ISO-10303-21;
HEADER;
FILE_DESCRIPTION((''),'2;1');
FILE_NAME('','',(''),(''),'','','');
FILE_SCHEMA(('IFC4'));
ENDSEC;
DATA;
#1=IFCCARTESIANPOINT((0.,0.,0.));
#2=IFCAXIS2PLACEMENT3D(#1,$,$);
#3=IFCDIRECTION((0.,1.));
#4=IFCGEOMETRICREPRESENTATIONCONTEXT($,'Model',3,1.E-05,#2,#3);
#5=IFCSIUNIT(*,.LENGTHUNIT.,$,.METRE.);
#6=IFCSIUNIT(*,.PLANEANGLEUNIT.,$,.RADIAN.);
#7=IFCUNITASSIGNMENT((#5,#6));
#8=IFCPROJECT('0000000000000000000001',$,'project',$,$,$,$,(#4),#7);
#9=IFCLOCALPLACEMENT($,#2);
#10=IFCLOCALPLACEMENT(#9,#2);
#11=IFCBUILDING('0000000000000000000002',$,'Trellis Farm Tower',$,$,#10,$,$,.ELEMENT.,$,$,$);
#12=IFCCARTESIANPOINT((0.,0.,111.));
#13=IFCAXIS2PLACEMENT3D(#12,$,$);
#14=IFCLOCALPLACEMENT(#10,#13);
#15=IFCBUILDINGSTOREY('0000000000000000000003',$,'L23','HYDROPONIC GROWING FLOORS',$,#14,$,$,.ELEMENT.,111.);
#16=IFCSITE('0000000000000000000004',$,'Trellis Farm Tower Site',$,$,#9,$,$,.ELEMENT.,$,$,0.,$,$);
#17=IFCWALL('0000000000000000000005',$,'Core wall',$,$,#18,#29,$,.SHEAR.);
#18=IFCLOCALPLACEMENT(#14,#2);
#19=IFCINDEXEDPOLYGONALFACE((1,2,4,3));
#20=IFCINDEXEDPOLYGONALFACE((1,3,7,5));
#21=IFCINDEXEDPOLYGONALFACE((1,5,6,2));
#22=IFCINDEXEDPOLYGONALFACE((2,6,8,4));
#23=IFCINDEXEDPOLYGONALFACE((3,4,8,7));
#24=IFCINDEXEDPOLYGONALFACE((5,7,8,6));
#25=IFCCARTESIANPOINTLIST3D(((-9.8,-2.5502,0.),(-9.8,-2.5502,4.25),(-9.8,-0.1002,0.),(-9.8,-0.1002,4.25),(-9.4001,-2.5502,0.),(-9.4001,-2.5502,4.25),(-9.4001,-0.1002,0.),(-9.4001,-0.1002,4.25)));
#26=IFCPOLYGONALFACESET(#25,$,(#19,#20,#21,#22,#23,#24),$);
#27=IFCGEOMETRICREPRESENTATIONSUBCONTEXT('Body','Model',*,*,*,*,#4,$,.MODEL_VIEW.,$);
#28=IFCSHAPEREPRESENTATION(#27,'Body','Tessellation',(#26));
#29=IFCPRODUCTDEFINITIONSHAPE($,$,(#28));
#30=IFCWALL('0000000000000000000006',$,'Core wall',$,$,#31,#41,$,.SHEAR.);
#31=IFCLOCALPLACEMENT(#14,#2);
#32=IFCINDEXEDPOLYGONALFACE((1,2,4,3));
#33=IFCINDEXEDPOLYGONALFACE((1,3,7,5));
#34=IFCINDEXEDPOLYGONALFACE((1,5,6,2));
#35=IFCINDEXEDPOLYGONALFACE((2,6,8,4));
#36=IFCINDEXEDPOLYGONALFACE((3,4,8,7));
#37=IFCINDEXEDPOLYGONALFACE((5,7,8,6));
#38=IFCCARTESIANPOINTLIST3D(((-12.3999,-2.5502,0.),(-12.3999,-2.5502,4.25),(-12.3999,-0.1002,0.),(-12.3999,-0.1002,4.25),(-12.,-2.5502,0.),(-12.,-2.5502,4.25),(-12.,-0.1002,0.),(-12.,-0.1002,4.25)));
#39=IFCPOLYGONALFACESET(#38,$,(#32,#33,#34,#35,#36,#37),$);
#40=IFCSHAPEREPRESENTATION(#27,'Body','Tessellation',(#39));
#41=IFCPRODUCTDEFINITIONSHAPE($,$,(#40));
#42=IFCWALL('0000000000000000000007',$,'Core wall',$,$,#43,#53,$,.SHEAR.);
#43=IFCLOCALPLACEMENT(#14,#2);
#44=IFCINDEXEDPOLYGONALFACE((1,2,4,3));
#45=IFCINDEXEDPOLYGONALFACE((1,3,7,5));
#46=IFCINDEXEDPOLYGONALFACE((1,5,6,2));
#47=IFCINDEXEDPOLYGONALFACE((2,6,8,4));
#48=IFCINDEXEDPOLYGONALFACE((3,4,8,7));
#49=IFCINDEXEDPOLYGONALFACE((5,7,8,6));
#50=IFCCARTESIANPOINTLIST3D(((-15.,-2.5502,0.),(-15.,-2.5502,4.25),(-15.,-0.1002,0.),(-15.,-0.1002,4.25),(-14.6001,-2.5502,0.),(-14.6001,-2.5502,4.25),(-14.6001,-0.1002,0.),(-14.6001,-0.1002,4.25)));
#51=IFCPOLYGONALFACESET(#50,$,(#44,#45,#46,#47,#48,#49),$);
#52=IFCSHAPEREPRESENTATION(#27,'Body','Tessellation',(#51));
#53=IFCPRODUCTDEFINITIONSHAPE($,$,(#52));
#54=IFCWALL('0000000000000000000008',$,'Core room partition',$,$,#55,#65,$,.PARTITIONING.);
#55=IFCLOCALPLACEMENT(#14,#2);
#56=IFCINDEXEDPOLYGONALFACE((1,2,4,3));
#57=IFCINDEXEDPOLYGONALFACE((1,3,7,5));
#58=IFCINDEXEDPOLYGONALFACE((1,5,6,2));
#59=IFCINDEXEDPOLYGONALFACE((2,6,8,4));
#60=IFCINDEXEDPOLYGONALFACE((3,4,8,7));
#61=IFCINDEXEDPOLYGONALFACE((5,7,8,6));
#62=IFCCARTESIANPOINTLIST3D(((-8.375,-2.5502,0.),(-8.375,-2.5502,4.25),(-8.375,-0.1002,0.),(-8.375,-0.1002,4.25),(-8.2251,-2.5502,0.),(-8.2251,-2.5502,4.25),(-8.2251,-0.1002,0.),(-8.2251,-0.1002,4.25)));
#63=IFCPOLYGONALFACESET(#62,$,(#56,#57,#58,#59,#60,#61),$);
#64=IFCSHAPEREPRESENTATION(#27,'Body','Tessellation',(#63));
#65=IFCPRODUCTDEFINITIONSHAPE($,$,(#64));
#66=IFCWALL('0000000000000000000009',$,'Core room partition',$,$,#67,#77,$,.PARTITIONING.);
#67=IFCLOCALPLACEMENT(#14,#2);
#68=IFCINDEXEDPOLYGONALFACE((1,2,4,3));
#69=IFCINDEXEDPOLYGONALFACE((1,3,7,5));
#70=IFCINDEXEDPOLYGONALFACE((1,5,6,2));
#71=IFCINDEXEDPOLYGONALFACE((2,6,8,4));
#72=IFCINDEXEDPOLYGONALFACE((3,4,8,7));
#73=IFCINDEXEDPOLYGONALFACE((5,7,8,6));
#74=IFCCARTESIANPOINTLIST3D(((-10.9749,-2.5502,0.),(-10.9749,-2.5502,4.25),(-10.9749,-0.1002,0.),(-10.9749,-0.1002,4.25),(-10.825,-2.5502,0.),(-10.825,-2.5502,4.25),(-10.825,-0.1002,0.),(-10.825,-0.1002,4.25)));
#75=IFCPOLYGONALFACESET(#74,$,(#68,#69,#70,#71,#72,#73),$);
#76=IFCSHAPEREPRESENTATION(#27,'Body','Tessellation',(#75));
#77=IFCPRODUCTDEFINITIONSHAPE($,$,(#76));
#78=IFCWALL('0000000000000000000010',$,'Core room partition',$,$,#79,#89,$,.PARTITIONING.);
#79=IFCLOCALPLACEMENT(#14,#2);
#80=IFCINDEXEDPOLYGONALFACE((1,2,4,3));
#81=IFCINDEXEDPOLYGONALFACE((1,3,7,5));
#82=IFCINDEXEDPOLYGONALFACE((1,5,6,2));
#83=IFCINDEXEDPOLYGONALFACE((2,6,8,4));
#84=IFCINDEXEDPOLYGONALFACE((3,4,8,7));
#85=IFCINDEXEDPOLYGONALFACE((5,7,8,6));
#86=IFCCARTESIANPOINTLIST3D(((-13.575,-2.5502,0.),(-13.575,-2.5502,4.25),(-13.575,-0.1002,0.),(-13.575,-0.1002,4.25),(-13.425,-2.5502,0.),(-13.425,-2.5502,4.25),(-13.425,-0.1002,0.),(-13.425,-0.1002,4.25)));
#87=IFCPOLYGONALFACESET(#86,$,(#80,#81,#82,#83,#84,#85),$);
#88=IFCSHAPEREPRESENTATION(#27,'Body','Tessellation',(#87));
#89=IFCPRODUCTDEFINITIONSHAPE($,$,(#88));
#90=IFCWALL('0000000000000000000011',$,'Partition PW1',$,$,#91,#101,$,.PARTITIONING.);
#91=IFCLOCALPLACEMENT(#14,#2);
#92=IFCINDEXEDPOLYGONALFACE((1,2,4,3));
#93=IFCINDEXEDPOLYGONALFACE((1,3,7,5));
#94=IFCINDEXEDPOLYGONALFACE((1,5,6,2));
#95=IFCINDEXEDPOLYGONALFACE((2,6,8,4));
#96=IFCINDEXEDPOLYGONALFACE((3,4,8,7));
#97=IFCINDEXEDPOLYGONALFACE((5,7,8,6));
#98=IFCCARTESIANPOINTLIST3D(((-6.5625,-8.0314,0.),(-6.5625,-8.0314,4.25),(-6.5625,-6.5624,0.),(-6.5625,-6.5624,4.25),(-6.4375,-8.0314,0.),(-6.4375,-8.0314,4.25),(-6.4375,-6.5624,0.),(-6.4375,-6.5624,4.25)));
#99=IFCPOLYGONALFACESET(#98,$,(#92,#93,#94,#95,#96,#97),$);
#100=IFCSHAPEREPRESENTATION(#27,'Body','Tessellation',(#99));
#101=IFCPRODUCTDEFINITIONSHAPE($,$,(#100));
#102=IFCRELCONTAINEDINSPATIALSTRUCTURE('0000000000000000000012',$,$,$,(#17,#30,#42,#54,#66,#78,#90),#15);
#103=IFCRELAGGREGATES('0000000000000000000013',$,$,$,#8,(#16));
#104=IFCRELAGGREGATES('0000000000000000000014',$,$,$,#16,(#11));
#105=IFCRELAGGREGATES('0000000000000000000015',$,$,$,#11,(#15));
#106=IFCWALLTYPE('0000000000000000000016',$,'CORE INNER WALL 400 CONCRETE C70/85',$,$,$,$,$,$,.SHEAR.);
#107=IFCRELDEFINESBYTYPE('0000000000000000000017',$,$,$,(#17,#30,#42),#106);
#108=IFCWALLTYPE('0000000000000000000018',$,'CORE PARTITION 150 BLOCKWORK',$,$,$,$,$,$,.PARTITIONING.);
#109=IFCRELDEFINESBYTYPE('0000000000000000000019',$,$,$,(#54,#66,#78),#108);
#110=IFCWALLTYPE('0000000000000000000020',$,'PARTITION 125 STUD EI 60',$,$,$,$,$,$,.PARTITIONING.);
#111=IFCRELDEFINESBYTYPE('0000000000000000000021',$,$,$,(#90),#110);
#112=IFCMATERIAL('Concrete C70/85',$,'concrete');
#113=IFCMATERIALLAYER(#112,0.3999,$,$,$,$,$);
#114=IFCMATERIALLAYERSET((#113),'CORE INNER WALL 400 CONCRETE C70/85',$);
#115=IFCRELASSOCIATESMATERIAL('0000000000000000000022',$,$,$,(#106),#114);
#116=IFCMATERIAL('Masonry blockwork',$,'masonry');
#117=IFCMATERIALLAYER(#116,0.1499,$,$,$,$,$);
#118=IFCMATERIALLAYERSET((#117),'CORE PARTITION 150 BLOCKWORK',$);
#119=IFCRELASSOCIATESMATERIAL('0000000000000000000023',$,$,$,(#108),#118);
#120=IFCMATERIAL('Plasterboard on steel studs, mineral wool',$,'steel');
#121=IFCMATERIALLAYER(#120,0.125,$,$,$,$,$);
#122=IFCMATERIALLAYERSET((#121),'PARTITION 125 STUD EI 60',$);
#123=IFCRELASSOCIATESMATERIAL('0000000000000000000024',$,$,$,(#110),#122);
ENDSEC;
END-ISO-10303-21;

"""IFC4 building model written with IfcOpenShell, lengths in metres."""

from ifc_helpers import new_model, si_unit, direction, frame, frame_2d, origin, place, context, subcontext, project, spatial, rectangle, extrude, source, transform, mapped, material, layer, layer_set, type_object, element, save


model = new_model("IFC4")

# Units and contexts
model_context = context("Model", 3, precision=1e-05, world=origin(), true_north=direction((0.0, 1.0)))
body_context = subcontext(model_context, "Body", "Model", "MODEL_VIEW")
ifc_project = project(units=[si_unit("LENGTHUNIT", "METRE"), si_unit("PLANEANGLEUNIT", "RADIAN")], contexts=[model_context])

# Site, building, storey
site_placement = place(None, origin())
site = spatial("IfcSite", under=ifc_project, at=site_placement, Name="Trellis Farm Tower Site", CompositionType="ELEMENT", RefElevation=0.0)
building_placement = place(site_placement, origin())
building = spatial("IfcBuilding", under=site, at=building_placement, Name="Trellis Farm Tower", CompositionType="ELEMENT")
storey_placement = place(building_placement, frame((0.0, 0.0, 111.0)))
storey = spatial("IfcBuildingStorey", under=building, at=storey_placement, Name="L23", Description="HYDROPONIC GROWING FLOORS", CompositionType="ELEMENT", Elevation=111.0)

# Walls
ifc_material_1 = material(Name="Concrete C70/85", Category="concrete")
ifc_layer_1 = layer(ifc_material_1, 0.3999)
ifc_layer_set_1 = layer_set([ifc_layer_1], Name="CORE INNER WALL 400 CONCRETE C70/85")
wall_type_1 = type_object("IfcWallType", Name="CORE INNER WALL 400 CONCRETE C70/85", PredefinedType="SHEAR", material=ifc_layer_set_1)
shared_shape_1 = source(origin(), body_context, "Body", "SweptSolid", [
    extrude(rectangle(XDim=2.45, YDim=0.3999, at=frame_2d((1.2251, 0.0))), origin(), (0.0, 0.0, 1.0), 4.25),
])
for number, where, z_axis, x_axis, name in (
    (1, (-9.6001, -0.1001, 0.0), (0.0, 0.0, 1.0), (0.0, -1.0, 0.0), "Core wall"),
    (2, (-12.2, -0.1001, 0.0), (0.0, 0.0, 1.0), (0.0, -1.0, 0.0), "Core wall"),
    (3, (-14.8, -0.1001, 0.0), (0.0, 0.0, 1.0), (0.0, -1.0, 0.0), "Core wall"),
):
    element("IfcWall", number, at=place(storey_placement, frame(where, z_axis=z_axis, x_axis=x_axis)), inside=storey, type_object=wall_type_1, Name=name, PredefinedType="SHEAR", context=body_context, shape_type="MappedRepresentation", body=[
        mapped(shared_shape_1, transform((0.0, 0.0, 0.0))),
    ])

# Walls
ifc_material_2 = material(Name="Masonry blockwork", Category="masonry")
ifc_layer_2 = layer(ifc_material_2, 0.1499)
ifc_layer_set_2 = layer_set([ifc_layer_2], Name="CORE PARTITION 150 BLOCKWORK")
wall_type_2 = type_object("IfcWallType", Name="CORE PARTITION 150 BLOCKWORK", PredefinedType="PARTITIONING", material=ifc_layer_set_2)
shared_shape_2 = source(origin(), body_context, "Body", "SweptSolid", [
    extrude(rectangle(XDim=2.45, YDim=0.1499, at=frame_2d((1.2251, 0.0))), origin(), (0.0, 0.0, 1.0), 4.25),
])
for number, where, z_axis, x_axis, name in (
    (4, (-8.3, -0.1001, 0.0), (0.0, 0.0, 1.0), (0.0, -1.0, 0.0), "Core room partition"),
    (5, (-10.8999, -0.1001, 0.0), (0.0, 0.0, 1.0), (0.0, -1.0, 0.0), "Core room partition"),
    (6, (-13.5, -0.1001, 0.0), (0.0, 0.0, 1.0), (0.0, -1.0, 0.0), "Core room partition"),
):
    element("IfcWall", number, at=place(storey_placement, frame(where, z_axis=z_axis, x_axis=x_axis)), inside=storey, type_object=wall_type_2, Name=name, PredefinedType="PARTITIONING", context=body_context, shape_type="MappedRepresentation", body=[
        mapped(shared_shape_2, transform((0.0, 0.0, 0.0))),
    ])
ifc_material_3 = material(Name="Plasterboard on steel studs, mineral wool", Category="steel")
ifc_layer_3 = layer(ifc_material_3, 0.125)
ifc_layer_set_3 = layer_set([ifc_layer_3], Name="PARTITION 125 STUD EI 60")
wall_type_3 = type_object("IfcWallType", Name="PARTITION 125 STUD EI 60", PredefinedType="PARTITIONING", material=ifc_layer_set_3)
shared_shape_3 = source(origin(), body_context, "Body", "SweptSolid", [
    extrude(rectangle(XDim=1.469, YDim=0.125, at=frame_2d((0.7344, 0.0))), origin(), (0.0, 0.0, 1.0), 4.25),
])
wall_1_placement = place(storey_placement, frame((-6.5, -6.5625, 0.0), z_axis=(0.0, 0.0, 1.0), x_axis=(0.0, -1.0, 0.0)))
element("IfcWall", 7, at=wall_1_placement, inside=storey, type_object=wall_type_3, Name="Partition PW1", PredefinedType="PARTITIONING", context=body_context, shape_type="MappedRepresentation", body=[
    mapped(shared_shape_3, transform((0.0, 0.0, 0.0))),
])

save(model, "model.ifc")
